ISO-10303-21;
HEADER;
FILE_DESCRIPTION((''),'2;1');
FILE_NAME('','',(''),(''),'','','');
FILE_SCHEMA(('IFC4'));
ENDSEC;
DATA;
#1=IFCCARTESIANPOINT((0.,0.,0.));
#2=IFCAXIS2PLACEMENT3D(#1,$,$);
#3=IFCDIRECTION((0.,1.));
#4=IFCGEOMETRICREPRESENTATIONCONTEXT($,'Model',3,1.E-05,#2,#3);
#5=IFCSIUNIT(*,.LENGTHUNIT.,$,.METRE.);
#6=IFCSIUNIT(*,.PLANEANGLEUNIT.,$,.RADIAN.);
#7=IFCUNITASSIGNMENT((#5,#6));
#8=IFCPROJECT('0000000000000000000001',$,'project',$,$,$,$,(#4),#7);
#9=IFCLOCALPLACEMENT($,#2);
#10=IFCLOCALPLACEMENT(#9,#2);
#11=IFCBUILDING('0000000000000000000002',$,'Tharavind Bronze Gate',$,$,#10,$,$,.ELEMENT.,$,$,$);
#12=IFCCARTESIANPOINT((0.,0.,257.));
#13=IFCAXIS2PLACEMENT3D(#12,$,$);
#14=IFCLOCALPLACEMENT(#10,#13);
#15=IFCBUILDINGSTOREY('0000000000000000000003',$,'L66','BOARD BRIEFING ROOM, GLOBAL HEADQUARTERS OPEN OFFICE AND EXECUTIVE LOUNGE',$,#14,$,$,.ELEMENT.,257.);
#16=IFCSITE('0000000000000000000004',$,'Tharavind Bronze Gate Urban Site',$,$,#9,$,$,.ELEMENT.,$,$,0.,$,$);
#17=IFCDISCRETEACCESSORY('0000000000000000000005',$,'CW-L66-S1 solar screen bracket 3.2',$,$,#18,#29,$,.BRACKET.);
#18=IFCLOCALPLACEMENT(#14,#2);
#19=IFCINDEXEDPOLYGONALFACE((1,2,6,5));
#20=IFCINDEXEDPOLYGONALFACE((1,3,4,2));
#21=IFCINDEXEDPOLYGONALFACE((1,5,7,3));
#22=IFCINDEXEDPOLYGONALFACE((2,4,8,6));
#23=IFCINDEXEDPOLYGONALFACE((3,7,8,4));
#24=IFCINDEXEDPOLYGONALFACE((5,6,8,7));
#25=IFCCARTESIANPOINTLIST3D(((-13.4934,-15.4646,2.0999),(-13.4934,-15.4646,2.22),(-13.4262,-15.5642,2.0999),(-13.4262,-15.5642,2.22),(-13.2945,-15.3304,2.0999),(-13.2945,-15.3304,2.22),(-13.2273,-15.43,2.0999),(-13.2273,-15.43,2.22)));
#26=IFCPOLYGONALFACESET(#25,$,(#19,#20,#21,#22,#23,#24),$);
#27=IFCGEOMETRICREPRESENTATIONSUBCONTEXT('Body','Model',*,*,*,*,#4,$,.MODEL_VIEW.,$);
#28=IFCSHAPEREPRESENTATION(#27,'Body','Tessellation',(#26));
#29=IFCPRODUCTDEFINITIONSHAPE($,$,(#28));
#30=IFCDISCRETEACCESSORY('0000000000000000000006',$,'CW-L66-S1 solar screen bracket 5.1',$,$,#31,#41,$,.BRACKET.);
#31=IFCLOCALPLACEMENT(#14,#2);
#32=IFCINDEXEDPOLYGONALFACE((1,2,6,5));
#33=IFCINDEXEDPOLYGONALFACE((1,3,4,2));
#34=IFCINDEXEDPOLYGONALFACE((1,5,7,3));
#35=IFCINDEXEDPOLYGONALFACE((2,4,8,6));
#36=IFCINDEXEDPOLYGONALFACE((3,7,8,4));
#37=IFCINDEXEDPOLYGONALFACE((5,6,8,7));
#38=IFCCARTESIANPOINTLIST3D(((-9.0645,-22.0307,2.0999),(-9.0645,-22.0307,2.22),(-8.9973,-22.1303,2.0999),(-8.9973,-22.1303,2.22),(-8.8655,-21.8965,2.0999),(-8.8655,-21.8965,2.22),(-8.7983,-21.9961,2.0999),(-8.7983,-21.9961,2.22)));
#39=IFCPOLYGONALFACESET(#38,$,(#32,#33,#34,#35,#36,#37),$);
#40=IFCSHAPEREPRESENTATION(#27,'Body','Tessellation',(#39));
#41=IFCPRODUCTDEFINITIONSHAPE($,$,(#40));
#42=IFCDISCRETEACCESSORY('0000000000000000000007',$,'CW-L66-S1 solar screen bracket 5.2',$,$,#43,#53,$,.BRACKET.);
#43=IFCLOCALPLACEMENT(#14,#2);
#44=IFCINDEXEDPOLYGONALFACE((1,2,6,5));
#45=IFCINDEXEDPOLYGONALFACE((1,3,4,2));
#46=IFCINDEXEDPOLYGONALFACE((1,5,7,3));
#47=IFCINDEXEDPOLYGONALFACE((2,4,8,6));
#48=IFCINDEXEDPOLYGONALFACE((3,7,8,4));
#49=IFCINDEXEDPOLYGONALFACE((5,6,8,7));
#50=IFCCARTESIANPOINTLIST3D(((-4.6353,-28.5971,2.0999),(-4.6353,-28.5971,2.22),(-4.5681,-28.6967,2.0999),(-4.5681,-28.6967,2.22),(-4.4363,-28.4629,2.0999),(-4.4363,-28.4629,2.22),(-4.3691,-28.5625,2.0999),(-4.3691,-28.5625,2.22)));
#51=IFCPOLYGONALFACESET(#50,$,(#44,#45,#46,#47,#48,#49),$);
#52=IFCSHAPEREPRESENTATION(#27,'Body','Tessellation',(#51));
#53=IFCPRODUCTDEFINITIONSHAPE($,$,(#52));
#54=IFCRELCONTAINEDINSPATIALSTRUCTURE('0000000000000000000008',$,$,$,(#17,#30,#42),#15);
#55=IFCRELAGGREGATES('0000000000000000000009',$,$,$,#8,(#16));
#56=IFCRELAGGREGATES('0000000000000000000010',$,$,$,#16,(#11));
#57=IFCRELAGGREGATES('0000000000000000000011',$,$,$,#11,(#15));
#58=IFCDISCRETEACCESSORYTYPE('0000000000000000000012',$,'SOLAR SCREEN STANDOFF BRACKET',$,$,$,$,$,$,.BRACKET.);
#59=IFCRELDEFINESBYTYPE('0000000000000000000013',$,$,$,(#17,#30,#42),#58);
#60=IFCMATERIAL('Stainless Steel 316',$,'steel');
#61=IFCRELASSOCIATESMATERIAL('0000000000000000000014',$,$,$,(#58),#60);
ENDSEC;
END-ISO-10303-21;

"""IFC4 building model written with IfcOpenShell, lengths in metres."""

from ifc_helpers import new_model, si_unit, direction, frame, origin, origin_2d, place, context, subcontext, project, spatial, rectangle, extrude, material, type_object, element, save


model = new_model("IFC4")

# Units and contexts
model_context = context("Model", 3, precision=1e-05, world=origin(), true_north=direction((0.0, 1.0)))
body_context = subcontext(model_context, "Body", "Model", "MODEL_VIEW")
ifc_project = project(units=[si_unit("LENGTHUNIT", "METRE"), si_unit("PLANEANGLEUNIT", "RADIAN")], contexts=[model_context])

# Site, building, storey
site_placement = place(None, origin())
site = spatial("IfcSite", under=ifc_project, at=site_placement, Name="Tharavind Bronze Gate Urban Site", CompositionType="ELEMENT", RefElevation=0.0)
building_placement = place(site_placement, origin())
building = spatial("IfcBuilding", under=site, at=building_placement, Name="Tharavind Bronze Gate", CompositionType="ELEMENT")
storey_placement = place(building_placement, frame((0.0, 0.0, 257.0)))
storey = spatial("IfcBuildingStorey", under=building, at=storey_placement, Name="L66", Description="BOARD BRIEFING ROOM, GLOBAL HEADQUARTERS OPEN OFFICE AND EXECUTIVE LOUNGE", CompositionType="ELEMENT", Elevation=257.0)

# Discrete accessories
ifc_material_1 = material(Name="Stainless Steel 316", Category="steel")
discrete_accessory_type = type_object("IfcDiscreteAccessoryType", Name="SOLAR SCREEN STANDOFF BRACKET", PredefinedType="BRACKET", material=ifc_material_1)
for number, where, z_axis, x_axis, name in (
    (1, (-13.3604, -15.4473, 2.0999), (0.0, 0.0, 1.0), (0.559191, -0.829039, 0.0), "CW-L66-S1 solar screen bracket 3.2"),
    (2, (-8.9314, -22.0134, 2.0999), (0.0, 0.0, 1.0), (0.559191, -0.829039, 0.0), "CW-L66-S1 solar screen bracket 5.1"),
    (3, (-4.5022, -28.5798, 2.0999), (0.0, 0.0, 1.0), (0.559191, -0.829039, 0.0), "CW-L66-S1 solar screen bracket 5.2"),
):
    element("IfcDiscreteAccessory", number, at=place(storey_placement, frame(where, z_axis=z_axis, x_axis=x_axis)), inside=storey, type_object=discrete_accessory_type, Name=name, PredefinedType="BRACKET", context=body_context, shape_type="SweptSolid", body=[
        extrude(rectangle(XDim=0.1201, YDim=0.24, at=origin_2d()), origin(), (0.0, 0.0, 1.0), 0.1201),
    ])

save(model, "model.ifc")
